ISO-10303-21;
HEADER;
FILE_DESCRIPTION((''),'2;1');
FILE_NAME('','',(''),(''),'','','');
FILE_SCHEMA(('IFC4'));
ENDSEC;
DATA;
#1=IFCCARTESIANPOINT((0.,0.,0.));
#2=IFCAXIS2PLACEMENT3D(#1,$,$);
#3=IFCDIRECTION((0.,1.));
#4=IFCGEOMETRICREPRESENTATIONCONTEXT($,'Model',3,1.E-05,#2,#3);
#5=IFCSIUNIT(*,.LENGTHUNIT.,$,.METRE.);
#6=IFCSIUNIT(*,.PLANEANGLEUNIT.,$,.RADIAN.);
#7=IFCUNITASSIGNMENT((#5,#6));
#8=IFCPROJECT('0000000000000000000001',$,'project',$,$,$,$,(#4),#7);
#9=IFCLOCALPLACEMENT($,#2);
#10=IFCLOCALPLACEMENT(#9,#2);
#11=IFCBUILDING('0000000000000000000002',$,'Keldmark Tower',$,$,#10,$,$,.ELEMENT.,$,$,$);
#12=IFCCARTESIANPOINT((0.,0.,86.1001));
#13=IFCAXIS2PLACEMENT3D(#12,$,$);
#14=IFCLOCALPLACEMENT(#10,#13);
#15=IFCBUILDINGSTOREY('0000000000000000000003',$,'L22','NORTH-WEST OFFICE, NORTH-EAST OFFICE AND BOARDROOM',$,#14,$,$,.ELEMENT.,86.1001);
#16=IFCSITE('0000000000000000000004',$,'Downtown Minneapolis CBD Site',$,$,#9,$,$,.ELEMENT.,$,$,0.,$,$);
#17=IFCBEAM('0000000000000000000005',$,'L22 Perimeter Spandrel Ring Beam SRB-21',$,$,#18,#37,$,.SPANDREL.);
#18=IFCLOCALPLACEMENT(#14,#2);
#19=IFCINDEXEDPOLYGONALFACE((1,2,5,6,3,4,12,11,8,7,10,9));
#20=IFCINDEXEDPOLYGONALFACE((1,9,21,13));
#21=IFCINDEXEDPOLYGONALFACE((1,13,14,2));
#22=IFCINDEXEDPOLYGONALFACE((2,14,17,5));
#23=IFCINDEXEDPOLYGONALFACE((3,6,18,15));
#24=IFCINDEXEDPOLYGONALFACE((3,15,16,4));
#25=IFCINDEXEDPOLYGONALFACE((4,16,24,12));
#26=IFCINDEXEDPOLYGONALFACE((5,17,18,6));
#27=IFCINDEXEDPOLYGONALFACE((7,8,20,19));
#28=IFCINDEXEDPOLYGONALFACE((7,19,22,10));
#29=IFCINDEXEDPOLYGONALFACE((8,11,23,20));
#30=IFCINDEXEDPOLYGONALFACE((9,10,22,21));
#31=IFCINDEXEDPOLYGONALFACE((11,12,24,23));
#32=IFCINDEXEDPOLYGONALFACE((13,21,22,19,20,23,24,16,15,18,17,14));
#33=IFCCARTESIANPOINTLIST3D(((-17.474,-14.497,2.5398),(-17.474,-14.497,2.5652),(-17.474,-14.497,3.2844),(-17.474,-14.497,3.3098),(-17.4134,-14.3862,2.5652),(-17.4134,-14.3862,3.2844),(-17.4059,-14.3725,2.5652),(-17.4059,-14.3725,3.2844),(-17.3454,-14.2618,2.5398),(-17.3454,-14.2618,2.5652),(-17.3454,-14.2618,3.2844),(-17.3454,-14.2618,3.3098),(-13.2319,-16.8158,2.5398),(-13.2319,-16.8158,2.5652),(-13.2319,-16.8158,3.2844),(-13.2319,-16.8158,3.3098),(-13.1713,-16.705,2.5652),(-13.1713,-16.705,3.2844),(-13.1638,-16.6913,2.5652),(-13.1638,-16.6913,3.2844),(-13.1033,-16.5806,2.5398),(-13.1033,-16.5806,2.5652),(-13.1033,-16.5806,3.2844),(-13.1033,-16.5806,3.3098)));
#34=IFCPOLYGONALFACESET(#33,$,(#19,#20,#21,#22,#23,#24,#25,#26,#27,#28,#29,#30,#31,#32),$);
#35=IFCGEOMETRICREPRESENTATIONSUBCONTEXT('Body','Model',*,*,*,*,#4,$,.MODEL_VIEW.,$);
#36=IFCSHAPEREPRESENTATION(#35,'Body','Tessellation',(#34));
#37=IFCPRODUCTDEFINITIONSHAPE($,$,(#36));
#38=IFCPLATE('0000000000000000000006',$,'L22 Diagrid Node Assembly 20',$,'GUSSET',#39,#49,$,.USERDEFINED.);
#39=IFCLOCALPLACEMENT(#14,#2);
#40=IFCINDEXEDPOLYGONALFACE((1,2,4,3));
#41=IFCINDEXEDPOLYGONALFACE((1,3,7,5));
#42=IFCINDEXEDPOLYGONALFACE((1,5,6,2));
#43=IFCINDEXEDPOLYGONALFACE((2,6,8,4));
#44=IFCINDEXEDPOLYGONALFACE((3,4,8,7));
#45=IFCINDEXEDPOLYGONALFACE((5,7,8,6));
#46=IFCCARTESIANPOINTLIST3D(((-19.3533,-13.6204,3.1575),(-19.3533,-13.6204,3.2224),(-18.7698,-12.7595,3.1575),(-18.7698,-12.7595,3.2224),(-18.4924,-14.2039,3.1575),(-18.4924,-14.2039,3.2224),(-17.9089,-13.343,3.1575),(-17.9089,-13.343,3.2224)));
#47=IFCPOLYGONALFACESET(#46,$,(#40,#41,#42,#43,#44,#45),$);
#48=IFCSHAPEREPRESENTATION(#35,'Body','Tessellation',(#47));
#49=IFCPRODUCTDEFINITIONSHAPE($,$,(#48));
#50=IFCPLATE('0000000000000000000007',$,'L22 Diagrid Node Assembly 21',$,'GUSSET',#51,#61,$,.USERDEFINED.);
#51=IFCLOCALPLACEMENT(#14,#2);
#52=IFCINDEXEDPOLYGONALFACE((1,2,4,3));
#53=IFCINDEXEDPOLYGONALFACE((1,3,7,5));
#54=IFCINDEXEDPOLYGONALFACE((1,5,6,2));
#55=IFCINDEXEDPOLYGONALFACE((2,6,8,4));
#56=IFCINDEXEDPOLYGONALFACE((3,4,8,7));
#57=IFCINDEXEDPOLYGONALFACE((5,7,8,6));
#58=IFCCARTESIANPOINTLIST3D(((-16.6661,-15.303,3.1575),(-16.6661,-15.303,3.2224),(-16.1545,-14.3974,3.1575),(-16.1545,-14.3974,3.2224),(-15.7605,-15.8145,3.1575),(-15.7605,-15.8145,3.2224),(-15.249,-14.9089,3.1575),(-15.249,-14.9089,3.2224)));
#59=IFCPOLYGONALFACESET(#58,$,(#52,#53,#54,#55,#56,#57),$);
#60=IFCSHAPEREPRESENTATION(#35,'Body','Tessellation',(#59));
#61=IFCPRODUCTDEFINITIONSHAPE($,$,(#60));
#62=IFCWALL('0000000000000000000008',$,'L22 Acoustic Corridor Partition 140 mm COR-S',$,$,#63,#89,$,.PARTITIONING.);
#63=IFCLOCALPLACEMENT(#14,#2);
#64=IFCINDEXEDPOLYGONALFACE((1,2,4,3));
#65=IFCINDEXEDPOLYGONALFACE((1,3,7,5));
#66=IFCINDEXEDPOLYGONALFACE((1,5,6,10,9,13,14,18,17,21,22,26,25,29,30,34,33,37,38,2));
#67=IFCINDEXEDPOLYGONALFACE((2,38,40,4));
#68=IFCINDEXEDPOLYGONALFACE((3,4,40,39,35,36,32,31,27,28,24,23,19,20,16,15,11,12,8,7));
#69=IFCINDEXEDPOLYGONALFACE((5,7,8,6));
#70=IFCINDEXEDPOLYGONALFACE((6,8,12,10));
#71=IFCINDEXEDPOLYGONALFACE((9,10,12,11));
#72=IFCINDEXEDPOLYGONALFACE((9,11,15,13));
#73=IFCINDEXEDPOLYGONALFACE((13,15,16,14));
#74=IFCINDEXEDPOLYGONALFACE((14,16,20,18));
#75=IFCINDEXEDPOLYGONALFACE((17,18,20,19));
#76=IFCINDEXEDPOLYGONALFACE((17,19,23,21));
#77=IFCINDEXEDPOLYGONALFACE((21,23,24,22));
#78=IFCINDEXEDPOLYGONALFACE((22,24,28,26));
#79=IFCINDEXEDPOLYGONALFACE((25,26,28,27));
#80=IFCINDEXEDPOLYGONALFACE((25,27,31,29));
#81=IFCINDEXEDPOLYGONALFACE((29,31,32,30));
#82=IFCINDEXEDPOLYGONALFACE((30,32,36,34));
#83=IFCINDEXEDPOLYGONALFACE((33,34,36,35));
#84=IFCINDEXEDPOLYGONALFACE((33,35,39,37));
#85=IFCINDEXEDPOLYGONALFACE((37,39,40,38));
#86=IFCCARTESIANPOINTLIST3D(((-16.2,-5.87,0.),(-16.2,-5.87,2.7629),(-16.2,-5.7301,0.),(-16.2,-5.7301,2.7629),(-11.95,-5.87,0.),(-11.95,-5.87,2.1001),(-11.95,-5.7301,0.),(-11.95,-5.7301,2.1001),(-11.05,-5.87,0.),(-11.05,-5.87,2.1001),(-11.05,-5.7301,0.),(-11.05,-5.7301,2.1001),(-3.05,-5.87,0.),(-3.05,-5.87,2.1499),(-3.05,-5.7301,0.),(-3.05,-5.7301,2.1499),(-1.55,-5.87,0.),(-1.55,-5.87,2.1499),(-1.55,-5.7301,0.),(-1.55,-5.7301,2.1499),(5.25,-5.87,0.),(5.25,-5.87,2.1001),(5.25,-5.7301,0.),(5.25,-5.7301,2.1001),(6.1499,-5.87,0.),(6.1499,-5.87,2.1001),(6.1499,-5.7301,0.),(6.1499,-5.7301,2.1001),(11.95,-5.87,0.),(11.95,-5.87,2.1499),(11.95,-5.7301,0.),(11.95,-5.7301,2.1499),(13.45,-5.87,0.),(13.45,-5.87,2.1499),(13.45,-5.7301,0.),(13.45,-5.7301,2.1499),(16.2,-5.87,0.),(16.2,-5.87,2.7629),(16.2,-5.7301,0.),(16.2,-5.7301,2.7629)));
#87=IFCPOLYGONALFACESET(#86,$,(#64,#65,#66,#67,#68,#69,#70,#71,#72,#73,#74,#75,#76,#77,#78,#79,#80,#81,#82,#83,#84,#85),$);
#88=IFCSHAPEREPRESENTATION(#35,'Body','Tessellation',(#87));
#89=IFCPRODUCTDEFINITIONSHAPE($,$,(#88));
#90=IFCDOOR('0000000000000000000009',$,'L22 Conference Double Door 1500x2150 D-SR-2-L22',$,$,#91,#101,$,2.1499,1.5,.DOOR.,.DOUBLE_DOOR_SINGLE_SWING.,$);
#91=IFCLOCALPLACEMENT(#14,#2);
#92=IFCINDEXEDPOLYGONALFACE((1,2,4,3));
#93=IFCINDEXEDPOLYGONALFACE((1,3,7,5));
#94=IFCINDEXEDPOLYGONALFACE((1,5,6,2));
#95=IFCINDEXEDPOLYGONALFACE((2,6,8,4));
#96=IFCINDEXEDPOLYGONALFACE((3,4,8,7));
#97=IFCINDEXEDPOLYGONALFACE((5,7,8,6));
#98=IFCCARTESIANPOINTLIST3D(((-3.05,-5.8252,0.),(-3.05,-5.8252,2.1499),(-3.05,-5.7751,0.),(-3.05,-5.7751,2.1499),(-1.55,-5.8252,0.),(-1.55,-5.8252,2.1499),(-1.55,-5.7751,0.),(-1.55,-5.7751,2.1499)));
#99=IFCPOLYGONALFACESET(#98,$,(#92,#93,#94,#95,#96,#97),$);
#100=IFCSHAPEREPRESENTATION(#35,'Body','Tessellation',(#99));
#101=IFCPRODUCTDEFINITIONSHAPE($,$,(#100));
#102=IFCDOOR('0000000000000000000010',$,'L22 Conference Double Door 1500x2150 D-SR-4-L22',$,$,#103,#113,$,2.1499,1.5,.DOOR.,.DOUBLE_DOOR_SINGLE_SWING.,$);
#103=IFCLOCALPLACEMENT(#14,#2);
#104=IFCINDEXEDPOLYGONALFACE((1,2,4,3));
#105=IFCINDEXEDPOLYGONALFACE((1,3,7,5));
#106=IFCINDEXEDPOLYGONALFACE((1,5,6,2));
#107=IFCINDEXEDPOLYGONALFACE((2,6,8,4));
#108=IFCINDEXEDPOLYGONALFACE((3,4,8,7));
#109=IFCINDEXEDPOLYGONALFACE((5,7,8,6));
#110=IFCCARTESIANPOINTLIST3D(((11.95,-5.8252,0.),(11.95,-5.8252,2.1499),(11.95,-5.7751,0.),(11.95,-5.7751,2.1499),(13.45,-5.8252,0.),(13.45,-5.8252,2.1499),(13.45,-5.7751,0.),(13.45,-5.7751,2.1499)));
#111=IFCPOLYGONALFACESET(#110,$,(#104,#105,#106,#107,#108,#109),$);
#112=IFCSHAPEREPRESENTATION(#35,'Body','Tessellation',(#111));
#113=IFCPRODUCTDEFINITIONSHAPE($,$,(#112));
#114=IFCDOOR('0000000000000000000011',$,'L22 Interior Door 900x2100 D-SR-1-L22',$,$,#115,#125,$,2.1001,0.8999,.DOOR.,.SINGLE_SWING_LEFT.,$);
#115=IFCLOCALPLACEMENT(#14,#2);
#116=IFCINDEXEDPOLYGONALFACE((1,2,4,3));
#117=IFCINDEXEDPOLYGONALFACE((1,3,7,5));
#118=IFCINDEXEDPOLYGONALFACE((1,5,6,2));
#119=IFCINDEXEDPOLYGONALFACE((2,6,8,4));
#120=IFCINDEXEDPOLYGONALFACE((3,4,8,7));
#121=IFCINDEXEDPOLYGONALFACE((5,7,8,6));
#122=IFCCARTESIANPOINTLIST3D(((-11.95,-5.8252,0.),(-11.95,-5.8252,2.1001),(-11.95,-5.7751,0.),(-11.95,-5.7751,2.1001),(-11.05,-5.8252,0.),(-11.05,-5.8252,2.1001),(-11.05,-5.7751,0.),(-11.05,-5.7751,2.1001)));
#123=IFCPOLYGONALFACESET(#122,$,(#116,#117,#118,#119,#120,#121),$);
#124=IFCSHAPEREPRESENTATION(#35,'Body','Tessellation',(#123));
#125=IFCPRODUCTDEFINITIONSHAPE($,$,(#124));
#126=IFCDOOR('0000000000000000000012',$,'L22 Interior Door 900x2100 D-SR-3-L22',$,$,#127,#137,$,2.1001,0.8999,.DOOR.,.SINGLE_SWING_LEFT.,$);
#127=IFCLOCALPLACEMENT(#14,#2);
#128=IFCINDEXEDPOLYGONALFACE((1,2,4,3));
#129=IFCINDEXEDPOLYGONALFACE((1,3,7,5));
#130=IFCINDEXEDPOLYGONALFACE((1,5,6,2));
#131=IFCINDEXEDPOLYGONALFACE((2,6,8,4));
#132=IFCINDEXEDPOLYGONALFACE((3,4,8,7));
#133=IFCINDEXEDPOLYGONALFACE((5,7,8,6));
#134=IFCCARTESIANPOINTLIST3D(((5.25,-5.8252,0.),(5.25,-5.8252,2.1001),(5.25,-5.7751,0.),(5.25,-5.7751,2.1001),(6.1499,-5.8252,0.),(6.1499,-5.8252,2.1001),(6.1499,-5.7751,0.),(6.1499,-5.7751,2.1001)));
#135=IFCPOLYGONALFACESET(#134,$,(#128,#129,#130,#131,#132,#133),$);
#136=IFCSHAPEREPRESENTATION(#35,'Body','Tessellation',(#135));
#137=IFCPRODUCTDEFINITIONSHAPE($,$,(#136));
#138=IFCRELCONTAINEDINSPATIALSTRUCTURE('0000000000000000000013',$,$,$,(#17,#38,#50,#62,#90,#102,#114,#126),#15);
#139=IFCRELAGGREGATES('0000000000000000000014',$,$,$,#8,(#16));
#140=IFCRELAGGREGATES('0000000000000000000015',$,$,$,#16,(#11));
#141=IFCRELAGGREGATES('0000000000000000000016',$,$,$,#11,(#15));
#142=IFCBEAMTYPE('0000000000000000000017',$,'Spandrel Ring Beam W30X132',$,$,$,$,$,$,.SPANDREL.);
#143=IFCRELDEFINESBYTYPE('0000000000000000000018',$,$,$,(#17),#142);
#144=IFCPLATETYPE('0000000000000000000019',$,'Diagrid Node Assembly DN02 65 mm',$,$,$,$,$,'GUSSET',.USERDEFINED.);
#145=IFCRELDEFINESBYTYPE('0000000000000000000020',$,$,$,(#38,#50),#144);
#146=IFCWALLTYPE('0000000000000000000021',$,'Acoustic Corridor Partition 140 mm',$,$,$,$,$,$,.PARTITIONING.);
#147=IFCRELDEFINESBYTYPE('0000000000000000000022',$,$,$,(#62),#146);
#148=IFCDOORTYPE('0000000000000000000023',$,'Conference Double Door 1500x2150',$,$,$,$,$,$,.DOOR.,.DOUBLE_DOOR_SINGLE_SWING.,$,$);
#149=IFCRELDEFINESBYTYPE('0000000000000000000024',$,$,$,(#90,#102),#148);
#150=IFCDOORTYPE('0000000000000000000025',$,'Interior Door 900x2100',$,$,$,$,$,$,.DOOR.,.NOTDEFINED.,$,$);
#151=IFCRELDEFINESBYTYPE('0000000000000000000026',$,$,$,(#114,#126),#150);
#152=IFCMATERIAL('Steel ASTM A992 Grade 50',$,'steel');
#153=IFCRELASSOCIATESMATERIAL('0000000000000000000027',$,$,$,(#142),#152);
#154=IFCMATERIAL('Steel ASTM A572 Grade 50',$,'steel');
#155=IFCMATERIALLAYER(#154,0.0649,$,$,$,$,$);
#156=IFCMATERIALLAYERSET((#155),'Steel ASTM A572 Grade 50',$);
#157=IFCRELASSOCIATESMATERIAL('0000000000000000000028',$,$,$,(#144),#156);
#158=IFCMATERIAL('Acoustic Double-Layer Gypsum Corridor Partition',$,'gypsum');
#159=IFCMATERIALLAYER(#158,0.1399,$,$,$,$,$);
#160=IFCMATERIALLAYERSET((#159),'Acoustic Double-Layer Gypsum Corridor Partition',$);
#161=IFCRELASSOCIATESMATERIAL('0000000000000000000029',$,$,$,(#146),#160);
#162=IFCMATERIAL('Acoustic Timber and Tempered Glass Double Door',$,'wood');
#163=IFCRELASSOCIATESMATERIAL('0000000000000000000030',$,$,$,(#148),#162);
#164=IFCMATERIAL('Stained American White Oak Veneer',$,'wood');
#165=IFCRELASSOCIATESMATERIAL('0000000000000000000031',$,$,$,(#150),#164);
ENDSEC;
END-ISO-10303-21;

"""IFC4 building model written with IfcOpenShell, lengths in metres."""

from ifc_helpers import new_model, si_unit, direction, frame, frame_2d, origin, origin_2d, place, context, subcontext, project, spatial, rectangle, i_section, extrude, material, layer, layer_set, material_profile, profile_set, type_object, element, fill, save


model = new_model("IFC4")

# Units and contexts
model_context = context("Model", 3, precision=1e-05, world=origin(), true_north=direction((0.0, 1.0)))
body_context = subcontext(model_context, "Body", "Model", "MODEL_VIEW")
ifc_project = project(units=[si_unit("LENGTHUNIT", "METRE"), si_unit("PLANEANGLEUNIT", "RADIAN")], contexts=[model_context])

# Site, building, storey
site_placement = place(None, origin())
site = spatial("IfcSite", under=ifc_project, at=site_placement, Name="Downtown Minneapolis CBD Site", CompositionType="ELEMENT", RefElevation=0.0)
building_placement = place(site_placement, origin())
building = spatial("IfcBuilding", under=site, at=building_placement, Name="Keldmark Tower", CompositionType="ELEMENT")
storey_placement = place(building_placement, frame((0.0, 0.0, 86.1001)))
storey = spatial("IfcBuildingStorey", under=building, at=storey_placement, Name="L22", Description="NORTH-WEST OFFICE, NORTH-EAST OFFICE AND BOARDROOM", CompositionType="ELEMENT", Elevation=86.1001)

# Beam
ifc_material_1 = material(Name="Steel ASTM A992 Grade 50", Category="steel")
ifc_material_profile_1 = material_profile(ifc_material_1, i_section(OverallWidth=0.2681, OverallDepth=0.77, WebThickness=0.0156, FlangeThickness=0.0254, at=origin_2d()), Name="W30X132")
ifc_profile_set_1 = profile_set([ifc_material_profile_1], Name="Steel ASTM A992 Grade 50")
beam_type_1 = type_object("IfcBeamType", Name="Spandrel Ring Beam W30X132", PredefinedType="SPANDREL", material=ifc_profile_set_1)
beam_1_placement = place(storey_placement, frame((-17.4097, -14.3794, 2.9248), z_axis=(0.877467, -0.479637, 0.0), x_axis=(0.479637, 0.877467, 0.0)))
element("IfcBeam", 1, at=beam_1_placement, inside=storey, type_object=beam_type_1, Name="L22 Perimeter Spandrel Ring Beam SRB-21", PredefinedType="SPANDREL", context=body_context, shape_type="SweptSolid", body=[
    extrude(i_section(OverallWidth=0.2681, OverallDepth=0.77, WebThickness=0.0156, FlangeThickness=0.0254, at=origin_2d()), origin(), (0.0, 0.0, 1.0), 4.8345),
])

# Plates
ifc_material_2 = material(Name="Steel ASTM A572 Grade 50", Category="steel")
ifc_layer_1 = layer(ifc_material_2, 0.0649)
ifc_layer_set_1 = layer_set([ifc_layer_1], Name="Steel ASTM A572 Grade 50")
plate_type = type_object("IfcPlateType", Name="Diagrid Node Assembly DN02 65 mm", ElementType="GUSSET", PredefinedType="USERDEFINED", material=ifc_layer_set_1)
for number, where, z_axis, x_axis, name in (
    (2, (-18.6311, -13.4817, 3.1575), (0.0, 0.0, 1.0), (0.827767, -0.561072, 0.0), "L22 Diagrid Node Assembly 20"),
    (3, (-15.9575, -15.106, 3.1575), (0.0, 0.0, 1.0), (0.870699, -0.491816, 0.0), "L22 Diagrid Node Assembly 21"),
):
    element("IfcPlate", number, at=place(storey_placement, frame(where, z_axis=z_axis, x_axis=x_axis)), inside=storey, type_object=plate_type, Name=name, ObjectType="GUSSET", PredefinedType="USERDEFINED", context=body_context, shape_type="SweptSolid", body=[
        extrude(rectangle(XDim=1.04, YDim=1.04, at=origin_2d()), origin(), (0.0, 0.0, 1.0), 0.0649),
    ])

# Wall, openings, doors
ifc_material_3 = material(Name="Acoustic Double-Layer Gypsum Corridor Partition", Category="gypsum")
ifc_layer_2 = layer(ifc_material_3, 0.1399)
ifc_layer_set_2 = layer_set([ifc_layer_2], Name="Acoustic Double-Layer Gypsum Corridor Partition")
wall_type_1 = type_object("IfcWallType", Name="Acoustic Corridor Partition 140 mm", PredefinedType="PARTITIONING", material=ifc_layer_set_2)
wall_1_placement = place(storey_placement, frame((-16.2, -5.8, 0.0), z_axis=(0.0, 0.0, 1.0), x_axis=(1.0, 0.0, 0.0)))
wall_1 = element("IfcWall", 4, at=wall_1_placement, inside=storey, type_object=wall_type_1, Name="L22 Acoustic Corridor Partition 140 mm COR-S", PredefinedType="PARTITIONING", context=body_context, shape_type="SweptSolid", body=[
    extrude(rectangle(XDim=32.3999, YDim=0.1399, at=frame_2d((16.2, 0.0))), origin(), (0.0, 0.0, 1.0), 2.7629),
])
opening_1_placement = place(wall_1_placement, frame((4.25, 0.0, 0.0)))
opening_1 = element("IfcOpeningElement", 5, at=opening_1_placement, cuts=wall_1, PredefinedType="OPENING", context=body_context, shape_type="SweptSolid", body=[
    extrude(rectangle(XDim=0.8999, YDim=2.1001, at=frame_2d((0.45, 1.05))), frame((0.0, 0.0798, 0.0), z_axis=(0.0, -1.0, 0.0), x_axis=(1.0, 0.0, 0.0)), (0.0, 0.0, 1.0), 0.1599),
])
opening_2_placement = place(wall_1_placement, frame((13.1499, 0.0, 0.0)))
opening_2 = element("IfcOpeningElement", 6, at=opening_2_placement, cuts=wall_1, PredefinedType="OPENING", context=body_context, shape_type="SweptSolid", body=[
    extrude(rectangle(XDim=1.5, YDim=2.1499, at=frame_2d((0.75, 1.075))), frame((0.0, 0.0798, 0.0), z_axis=(0.0, -1.0, 0.0), x_axis=(1.0, 0.0, 0.0)), (0.0, 0.0, 1.0), 0.1599),
])
opening_3_placement = place(wall_1_placement, frame((21.45, 0.0, 0.0)))
opening_3 = element("IfcOpeningElement", 7, at=opening_3_placement, cuts=wall_1, PredefinedType="OPENING", context=body_context, shape_type="SweptSolid", body=[
    extrude(rectangle(XDim=0.8999, YDim=2.1001, at=frame_2d((0.45, 1.05))), frame((0.0, 0.0798, 0.0), z_axis=(0.0, -1.0, 0.0), x_axis=(1.0, 0.0, 0.0)), (0.0, 0.0, 1.0), 0.1599),
])
opening_4_placement = place(wall_1_placement, frame((28.1499, 0.0, 0.0)))
opening_4 = element("IfcOpeningElement", 8, at=opening_4_placement, cuts=wall_1, PredefinedType="OPENING", context=body_context, shape_type="SweptSolid", body=[
    extrude(rectangle(XDim=1.5, YDim=2.1499, at=frame_2d((0.75, 1.075))), frame((0.0, 0.0798, 0.0), z_axis=(0.0, -1.0, 0.0), x_axis=(1.0, 0.0, 0.0)), (0.0, 0.0, 1.0), 0.1599),
])
ifc_material_4 = material(Name="Acoustic Timber and Tempered Glass Double Door", Category="wood")
door_type_1 = type_object("IfcDoorType", Name="Conference Double Door 1500x2150", OperationType="DOUBLE_DOOR_SINGLE_SWING", PredefinedType="DOOR", material=ifc_material_4)
door_1_placement = place(opening_2_placement, origin())
door_1 = element("IfcDoor", 9, at=door_1_placement, inside=storey, type_object=door_type_1, Name="L22 Conference Double Door 1500x2150 D-SR-2-L22", OperationType="DOUBLE_DOOR_SINGLE_SWING", OverallHeight=2.1499, OverallWidth=1.5, PredefinedType="DOOR", context=body_context, shape_type="SweptSolid", body=[
    extrude(rectangle(XDim=1.5, YDim=2.1499, at=frame_2d((0.75, 1.075))), frame((0.0, 0.0249, 0.0), z_axis=(0.0, -1.0, 0.0), x_axis=(1.0, 0.0, 0.0)), (0.0, 0.0, 1.0), 0.05),
])
fill(opening_2, door_1)
door_2_placement = place(opening_4_placement, origin())
door_2 = element("IfcDoor", 10, at=door_2_placement, inside=storey, type_object=door_type_1, Name="L22 Conference Double Door 1500x2150 D-SR-4-L22", OperationType="DOUBLE_DOOR_SINGLE_SWING", OverallHeight=2.1499, OverallWidth=1.5, PredefinedType="DOOR", context=body_context, shape_type="SweptSolid", body=[
    extrude(rectangle(XDim=1.5, YDim=2.1499, at=frame_2d((0.75, 1.075))), frame((0.0, 0.0249, 0.0), z_axis=(0.0, -1.0, 0.0), x_axis=(1.0, 0.0, 0.0)), (0.0, 0.0, 1.0), 0.05),
])
fill(opening_4, door_2)
ifc_material_5 = material(Name="Stained American White Oak Veneer", Category="wood")
door_type_2 = type_object("IfcDoorType", Name="Interior Door 900x2100", OperationType="NOTDEFINED", PredefinedType="DOOR", material=ifc_material_5)
door_3_placement = place(opening_1_placement, origin())
door_3 = element("IfcDoor", 11, at=door_3_placement, inside=storey, type_object=door_type_2, Name="L22 Interior Door 900x2100 D-SR-1-L22", OperationType="SINGLE_SWING_LEFT", OverallHeight=2.1001, OverallWidth=0.8999, PredefinedType="DOOR", context=body_context, shape_type="SweptSolid", body=[
    extrude(rectangle(XDim=0.8999, YDim=2.1001, at=frame_2d((0.45, 1.05))), frame((0.0, 0.0249, 0.0), z_axis=(0.0, -1.0, 0.0), x_axis=(1.0, 0.0, 0.0)), (0.0, 0.0, 1.0), 0.05),
])
fill(opening_1, door_3)
door_4_placement = place(opening_3_placement, origin())
door_4 = element("IfcDoor", 12, at=door_4_placement, inside=storey, type_object=door_type_2, Name="L22 Interior Door 900x2100 D-SR-3-L22", OperationType="SINGLE_SWING_LEFT", OverallHeight=2.1001, OverallWidth=0.8999, PredefinedType="DOOR", context=body_context, shape_type="SweptSolid", body=[
    extrude(rectangle(XDim=0.8999, YDim=2.1001, at=frame_2d((0.45, 1.05))), frame((0.0, 0.0249, 0.0), z_axis=(0.0, -1.0, 0.0), x_axis=(1.0, 0.0, 0.0)), (0.0, 0.0, 1.0), 0.05),
])
fill(opening_3, door_4)

save(model, "model.ifc")
